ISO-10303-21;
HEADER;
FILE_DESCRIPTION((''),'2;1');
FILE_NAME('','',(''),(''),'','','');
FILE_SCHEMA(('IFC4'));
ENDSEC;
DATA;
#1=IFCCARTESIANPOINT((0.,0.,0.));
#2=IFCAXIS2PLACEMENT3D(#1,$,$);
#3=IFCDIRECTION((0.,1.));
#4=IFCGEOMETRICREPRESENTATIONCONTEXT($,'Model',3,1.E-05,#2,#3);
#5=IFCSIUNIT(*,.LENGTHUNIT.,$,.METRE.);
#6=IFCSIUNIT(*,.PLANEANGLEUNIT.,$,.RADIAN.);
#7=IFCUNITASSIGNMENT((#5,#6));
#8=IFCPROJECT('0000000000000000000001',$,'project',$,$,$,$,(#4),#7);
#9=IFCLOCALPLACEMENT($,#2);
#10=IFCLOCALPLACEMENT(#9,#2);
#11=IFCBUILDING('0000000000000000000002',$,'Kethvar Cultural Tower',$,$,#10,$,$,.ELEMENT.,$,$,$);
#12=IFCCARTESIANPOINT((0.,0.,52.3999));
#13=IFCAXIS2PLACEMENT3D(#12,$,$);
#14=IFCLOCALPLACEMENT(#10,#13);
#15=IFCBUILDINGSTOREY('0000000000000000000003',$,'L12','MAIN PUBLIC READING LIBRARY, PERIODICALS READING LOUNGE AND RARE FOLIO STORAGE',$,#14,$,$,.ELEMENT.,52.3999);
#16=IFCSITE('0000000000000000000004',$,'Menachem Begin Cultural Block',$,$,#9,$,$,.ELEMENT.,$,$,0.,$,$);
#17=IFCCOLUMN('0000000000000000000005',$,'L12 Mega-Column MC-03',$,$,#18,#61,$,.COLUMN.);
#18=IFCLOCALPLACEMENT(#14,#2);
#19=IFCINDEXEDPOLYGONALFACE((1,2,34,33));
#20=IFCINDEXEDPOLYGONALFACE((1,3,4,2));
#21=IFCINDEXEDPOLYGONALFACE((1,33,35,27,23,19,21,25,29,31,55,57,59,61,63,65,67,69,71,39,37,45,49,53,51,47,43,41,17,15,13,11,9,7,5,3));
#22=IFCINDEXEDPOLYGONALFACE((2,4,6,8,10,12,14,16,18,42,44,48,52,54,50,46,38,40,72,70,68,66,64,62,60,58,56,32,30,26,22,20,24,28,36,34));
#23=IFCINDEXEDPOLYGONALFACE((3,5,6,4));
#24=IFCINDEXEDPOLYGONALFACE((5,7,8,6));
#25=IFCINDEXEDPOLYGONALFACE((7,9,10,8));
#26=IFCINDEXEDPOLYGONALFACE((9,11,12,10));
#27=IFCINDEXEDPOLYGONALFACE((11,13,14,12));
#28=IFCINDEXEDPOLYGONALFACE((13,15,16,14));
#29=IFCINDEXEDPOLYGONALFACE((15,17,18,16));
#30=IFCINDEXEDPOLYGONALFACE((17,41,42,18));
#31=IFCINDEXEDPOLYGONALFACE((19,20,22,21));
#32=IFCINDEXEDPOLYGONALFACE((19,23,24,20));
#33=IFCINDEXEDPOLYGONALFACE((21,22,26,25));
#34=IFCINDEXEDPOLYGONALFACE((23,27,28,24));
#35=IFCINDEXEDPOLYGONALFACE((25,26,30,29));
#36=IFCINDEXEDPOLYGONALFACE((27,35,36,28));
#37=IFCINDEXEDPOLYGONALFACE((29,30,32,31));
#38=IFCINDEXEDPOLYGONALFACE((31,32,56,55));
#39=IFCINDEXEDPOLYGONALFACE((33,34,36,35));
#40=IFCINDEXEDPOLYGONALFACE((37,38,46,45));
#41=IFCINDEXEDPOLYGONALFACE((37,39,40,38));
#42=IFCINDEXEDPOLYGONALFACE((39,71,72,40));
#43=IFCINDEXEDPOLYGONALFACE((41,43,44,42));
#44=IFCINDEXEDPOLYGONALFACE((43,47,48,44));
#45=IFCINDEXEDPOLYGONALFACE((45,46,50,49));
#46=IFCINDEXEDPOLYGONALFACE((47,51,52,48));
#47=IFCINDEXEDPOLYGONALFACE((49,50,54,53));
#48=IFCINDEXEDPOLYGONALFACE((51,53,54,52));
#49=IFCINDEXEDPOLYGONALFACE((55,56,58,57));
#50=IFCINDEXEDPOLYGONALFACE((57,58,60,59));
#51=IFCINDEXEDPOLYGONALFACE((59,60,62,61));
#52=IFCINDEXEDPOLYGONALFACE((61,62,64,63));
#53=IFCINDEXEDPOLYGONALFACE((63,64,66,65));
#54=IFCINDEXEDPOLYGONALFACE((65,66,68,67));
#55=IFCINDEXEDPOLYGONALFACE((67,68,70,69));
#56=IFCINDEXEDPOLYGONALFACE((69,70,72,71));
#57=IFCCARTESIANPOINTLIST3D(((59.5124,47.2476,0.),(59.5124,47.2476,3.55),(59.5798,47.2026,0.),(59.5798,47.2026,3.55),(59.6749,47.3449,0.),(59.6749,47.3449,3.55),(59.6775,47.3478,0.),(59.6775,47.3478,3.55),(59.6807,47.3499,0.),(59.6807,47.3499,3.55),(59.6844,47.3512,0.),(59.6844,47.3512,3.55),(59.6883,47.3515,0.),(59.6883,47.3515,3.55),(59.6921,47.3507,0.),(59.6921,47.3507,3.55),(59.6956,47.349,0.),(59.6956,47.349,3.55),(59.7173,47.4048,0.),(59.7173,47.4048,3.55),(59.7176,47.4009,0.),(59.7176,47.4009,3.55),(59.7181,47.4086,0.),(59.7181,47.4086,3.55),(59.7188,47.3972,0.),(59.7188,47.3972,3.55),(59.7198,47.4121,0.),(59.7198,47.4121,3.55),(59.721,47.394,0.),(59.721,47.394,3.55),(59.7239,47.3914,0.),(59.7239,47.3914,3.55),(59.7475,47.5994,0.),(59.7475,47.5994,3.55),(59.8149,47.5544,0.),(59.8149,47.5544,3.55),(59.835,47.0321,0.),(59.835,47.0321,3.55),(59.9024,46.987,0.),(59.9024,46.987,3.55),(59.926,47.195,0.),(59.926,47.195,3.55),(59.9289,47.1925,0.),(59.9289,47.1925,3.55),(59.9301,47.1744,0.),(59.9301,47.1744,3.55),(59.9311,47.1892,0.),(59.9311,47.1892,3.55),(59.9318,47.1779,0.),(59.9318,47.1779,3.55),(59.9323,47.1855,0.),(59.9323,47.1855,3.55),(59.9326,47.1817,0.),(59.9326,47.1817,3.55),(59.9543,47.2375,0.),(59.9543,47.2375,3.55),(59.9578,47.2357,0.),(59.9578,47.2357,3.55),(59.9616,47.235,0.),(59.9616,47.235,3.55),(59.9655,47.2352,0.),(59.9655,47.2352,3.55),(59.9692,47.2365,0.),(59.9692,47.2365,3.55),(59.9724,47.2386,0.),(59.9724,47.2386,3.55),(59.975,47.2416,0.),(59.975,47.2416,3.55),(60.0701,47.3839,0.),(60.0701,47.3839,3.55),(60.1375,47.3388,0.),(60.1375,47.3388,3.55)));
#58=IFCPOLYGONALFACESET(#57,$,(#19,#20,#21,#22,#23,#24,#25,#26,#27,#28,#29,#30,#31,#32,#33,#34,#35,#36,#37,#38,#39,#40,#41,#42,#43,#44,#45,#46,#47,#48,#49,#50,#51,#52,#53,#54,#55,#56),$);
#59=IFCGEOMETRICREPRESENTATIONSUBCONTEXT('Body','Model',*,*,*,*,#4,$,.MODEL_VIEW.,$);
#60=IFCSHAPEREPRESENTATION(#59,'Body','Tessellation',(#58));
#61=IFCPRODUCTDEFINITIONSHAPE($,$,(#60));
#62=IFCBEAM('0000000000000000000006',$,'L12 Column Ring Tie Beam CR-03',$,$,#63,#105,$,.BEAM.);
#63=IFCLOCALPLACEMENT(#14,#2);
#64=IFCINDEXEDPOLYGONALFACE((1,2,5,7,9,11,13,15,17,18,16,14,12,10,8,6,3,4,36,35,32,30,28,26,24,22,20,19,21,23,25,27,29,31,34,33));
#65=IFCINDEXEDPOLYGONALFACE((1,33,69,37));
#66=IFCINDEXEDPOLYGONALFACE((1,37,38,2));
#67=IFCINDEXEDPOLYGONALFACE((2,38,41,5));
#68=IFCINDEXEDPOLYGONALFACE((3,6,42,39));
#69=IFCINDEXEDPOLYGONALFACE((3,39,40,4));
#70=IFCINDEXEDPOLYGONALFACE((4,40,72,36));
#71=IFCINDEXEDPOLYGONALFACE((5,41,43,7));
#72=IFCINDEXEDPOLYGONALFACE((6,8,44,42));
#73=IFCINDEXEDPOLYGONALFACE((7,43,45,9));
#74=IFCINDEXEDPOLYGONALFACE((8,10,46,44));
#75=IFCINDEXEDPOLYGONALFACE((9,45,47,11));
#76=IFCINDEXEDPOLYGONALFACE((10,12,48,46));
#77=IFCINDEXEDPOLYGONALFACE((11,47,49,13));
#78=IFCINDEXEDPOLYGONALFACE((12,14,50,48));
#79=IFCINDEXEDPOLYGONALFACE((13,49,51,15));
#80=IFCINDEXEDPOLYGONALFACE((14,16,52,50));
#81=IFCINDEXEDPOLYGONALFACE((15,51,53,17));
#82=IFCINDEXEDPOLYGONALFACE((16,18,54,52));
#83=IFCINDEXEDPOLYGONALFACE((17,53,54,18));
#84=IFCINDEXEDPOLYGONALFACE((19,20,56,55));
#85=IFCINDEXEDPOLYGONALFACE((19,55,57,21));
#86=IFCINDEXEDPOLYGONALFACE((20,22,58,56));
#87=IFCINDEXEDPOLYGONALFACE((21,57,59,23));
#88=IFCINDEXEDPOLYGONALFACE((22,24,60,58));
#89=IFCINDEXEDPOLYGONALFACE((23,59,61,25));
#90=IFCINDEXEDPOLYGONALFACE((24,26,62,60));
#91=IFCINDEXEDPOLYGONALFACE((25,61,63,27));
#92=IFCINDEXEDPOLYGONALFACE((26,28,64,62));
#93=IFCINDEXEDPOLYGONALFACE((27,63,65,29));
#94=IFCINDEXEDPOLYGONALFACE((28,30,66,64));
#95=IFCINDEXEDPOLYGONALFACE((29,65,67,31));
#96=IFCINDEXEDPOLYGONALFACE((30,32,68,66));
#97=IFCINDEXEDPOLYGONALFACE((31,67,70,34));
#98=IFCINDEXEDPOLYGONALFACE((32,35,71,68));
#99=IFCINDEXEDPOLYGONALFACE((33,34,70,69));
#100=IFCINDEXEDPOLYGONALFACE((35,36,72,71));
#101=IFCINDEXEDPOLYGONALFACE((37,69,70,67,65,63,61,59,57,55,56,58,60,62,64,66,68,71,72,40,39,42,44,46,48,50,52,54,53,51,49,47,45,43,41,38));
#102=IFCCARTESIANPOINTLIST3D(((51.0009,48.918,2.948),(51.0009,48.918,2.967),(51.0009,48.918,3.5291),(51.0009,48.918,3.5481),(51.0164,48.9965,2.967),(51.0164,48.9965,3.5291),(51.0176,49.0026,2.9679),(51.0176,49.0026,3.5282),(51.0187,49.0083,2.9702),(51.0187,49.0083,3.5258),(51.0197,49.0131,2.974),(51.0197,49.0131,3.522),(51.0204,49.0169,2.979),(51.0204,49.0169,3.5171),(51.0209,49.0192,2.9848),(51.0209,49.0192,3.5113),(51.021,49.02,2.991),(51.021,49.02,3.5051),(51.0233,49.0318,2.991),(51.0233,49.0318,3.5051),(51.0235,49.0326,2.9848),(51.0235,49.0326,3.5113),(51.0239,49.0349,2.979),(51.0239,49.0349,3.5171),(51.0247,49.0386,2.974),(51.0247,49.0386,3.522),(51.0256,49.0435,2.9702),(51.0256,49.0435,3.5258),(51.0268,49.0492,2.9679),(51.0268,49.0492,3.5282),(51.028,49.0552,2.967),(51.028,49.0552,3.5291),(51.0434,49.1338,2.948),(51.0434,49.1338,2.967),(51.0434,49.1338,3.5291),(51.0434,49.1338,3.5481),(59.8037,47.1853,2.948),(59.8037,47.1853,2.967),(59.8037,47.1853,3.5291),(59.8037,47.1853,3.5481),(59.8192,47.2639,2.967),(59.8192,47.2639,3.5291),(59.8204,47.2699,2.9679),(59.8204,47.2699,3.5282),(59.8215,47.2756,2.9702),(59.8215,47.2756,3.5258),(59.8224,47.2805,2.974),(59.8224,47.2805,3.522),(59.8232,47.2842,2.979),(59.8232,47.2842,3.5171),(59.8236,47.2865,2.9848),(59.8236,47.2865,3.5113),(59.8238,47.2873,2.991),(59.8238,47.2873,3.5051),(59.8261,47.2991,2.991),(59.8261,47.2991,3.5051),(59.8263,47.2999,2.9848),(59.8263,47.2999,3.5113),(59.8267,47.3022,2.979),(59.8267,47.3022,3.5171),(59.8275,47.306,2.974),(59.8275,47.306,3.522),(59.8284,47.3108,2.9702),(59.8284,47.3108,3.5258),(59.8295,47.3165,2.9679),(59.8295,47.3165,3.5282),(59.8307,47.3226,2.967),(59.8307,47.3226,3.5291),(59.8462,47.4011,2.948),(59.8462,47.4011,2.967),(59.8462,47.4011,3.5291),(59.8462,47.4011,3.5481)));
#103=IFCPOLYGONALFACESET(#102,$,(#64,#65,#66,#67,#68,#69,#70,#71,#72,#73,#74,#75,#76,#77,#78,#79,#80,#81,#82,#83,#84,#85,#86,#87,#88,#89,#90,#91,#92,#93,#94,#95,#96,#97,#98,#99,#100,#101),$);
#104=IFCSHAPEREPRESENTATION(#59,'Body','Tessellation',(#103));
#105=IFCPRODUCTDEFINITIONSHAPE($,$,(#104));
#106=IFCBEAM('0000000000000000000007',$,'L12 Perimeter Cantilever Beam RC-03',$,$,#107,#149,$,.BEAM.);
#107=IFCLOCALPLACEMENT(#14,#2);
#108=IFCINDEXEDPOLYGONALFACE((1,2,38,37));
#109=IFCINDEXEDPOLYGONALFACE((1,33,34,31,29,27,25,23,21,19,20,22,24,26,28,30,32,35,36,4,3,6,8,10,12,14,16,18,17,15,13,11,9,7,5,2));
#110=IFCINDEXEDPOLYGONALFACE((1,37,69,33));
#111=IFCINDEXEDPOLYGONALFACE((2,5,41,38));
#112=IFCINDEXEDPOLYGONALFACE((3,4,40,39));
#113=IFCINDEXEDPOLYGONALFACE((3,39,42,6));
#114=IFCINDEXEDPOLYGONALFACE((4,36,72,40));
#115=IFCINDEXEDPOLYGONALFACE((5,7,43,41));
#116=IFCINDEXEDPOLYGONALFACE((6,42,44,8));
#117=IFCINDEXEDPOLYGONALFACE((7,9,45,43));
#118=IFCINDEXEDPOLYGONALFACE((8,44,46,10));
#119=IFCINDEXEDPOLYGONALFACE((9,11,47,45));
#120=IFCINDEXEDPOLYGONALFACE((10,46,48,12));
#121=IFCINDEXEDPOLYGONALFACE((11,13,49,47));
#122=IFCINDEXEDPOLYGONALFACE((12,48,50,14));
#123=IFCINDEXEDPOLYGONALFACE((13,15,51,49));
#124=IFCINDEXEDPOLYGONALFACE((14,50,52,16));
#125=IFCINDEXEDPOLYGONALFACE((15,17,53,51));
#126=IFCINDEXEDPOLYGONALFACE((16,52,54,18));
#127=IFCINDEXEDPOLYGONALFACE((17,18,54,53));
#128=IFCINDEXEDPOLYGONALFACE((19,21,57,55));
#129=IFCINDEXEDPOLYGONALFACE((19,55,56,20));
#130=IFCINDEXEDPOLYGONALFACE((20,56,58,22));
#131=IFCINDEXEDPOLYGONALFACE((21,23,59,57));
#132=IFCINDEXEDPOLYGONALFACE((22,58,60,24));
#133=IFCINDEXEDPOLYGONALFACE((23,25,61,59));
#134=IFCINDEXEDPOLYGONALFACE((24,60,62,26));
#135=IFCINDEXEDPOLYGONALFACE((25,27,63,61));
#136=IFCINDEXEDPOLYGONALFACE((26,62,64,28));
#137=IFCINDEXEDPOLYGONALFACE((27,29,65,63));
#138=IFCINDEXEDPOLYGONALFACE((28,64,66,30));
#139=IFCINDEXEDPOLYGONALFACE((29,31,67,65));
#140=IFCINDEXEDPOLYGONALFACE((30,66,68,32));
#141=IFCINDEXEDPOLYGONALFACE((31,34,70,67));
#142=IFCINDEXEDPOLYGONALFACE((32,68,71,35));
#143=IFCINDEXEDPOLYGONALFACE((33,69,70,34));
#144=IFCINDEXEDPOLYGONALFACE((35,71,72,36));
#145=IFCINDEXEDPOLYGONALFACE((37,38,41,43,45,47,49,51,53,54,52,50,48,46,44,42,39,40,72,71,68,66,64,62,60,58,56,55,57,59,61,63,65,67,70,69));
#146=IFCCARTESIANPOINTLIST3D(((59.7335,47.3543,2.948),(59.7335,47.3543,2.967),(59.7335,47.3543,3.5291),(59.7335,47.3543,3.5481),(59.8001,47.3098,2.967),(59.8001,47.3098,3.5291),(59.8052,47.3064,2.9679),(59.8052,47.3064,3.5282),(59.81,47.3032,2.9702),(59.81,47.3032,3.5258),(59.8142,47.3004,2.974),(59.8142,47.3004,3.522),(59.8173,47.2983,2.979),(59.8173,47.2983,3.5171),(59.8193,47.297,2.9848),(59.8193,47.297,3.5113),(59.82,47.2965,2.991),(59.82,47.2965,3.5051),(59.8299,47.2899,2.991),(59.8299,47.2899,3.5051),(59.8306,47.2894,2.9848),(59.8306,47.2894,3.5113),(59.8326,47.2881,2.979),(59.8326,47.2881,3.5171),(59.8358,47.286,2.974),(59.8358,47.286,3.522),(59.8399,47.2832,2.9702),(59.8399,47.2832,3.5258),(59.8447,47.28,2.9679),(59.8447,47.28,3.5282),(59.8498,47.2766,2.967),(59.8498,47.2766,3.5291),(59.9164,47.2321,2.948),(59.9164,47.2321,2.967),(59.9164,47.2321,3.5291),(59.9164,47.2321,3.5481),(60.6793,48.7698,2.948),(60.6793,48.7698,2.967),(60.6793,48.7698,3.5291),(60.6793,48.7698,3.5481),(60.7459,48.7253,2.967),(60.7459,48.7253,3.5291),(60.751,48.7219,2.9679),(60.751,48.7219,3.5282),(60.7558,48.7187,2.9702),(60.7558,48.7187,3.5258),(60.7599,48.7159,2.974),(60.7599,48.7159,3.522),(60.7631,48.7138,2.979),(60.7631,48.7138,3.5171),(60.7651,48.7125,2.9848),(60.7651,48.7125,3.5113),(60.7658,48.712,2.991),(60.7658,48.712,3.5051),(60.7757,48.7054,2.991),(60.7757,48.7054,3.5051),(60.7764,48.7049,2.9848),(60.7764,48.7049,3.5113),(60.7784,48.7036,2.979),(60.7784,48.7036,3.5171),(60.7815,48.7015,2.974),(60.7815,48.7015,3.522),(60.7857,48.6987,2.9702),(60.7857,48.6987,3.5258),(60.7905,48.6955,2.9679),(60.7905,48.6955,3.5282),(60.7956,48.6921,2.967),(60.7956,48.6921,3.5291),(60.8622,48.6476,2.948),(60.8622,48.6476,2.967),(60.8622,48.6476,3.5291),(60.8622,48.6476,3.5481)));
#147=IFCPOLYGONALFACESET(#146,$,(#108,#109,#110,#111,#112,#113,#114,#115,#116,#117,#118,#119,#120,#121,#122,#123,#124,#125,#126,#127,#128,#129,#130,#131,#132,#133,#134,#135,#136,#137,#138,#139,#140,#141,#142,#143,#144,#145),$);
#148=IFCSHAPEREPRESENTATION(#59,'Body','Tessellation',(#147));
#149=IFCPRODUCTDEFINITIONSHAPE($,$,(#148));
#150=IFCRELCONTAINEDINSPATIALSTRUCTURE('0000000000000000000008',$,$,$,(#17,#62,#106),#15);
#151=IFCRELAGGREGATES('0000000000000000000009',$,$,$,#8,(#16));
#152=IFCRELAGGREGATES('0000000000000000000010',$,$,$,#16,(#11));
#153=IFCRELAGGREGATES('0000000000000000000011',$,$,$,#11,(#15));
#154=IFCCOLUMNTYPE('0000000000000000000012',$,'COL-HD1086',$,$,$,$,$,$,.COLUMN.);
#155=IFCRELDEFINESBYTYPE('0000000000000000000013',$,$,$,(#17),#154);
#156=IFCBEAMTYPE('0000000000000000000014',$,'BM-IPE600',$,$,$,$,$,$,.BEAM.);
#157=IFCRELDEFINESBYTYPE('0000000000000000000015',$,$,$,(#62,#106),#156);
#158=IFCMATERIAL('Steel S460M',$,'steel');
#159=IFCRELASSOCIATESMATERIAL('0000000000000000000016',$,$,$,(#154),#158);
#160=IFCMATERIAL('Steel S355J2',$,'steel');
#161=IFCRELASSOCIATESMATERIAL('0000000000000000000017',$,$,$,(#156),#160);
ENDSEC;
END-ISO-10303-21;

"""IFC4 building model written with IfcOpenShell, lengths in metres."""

from ifc_helpers import new_model, si_unit, direction, frame, origin, origin_2d, place, context, subcontext, project, spatial, i_section, extrude, source, transform, mapped, material, material_profile, profile_set, type_object, element, save


model = new_model("IFC4")

# Units and contexts
model_context = context("Model", 3, precision=1e-05, world=origin(), true_north=direction((0.0, 1.0)))
body_context = subcontext(model_context, "Body", "Model", "MODEL_VIEW")
ifc_project = project(units=[si_unit("LENGTHUNIT", "METRE"), si_unit("PLANEANGLEUNIT", "RADIAN")], contexts=[model_context])

# Site, building, storey
site_placement = place(None, origin())
site = spatial("IfcSite", under=ifc_project, at=site_placement, Name="Menachem Begin Cultural Block", CompositionType="ELEMENT", RefElevation=0.0)
building_placement = place(site_placement, origin())
building = spatial("IfcBuilding", under=site, at=building_placement, Name="Kethvar Cultural Tower", CompositionType="ELEMENT")
storey_placement = place(building_placement, frame((0.0, 0.0, 52.3999)))
storey = spatial("IfcBuildingStorey", under=building, at=storey_placement, Name="L12", Description="MAIN PUBLIC READING LIBRARY, PERIODICALS READING LOUNGE AND RARE FOLIO STORAGE", CompositionType="ELEMENT", Elevation=52.3999)

# Column
ifc_material_1 = material(Name="Steel S460M", Category="steel")
ifc_material_profile_1 = material_profile(ifc_material_1, i_section(OverallWidth=0.4231, OverallDepth=0.469, WebThickness=0.051, FlangeThickness=0.0811, FilletRadius=0.0149, at=origin_2d()), Name="Steel S460M — HD400x1086")
ifc_profile_set_1 = profile_set([ifc_material_profile_1], Name="Steel S460M — HD400x1086")
column_type = type_object("IfcColumnType", Name="COL-HD1086", PredefinedType="COLUMN", material=ifc_profile_set_1)
shared_shape_1 = source(origin(), body_context, "Body", "SweptSolid", [
    extrude(i_section(OverallWidth=0.4231, OverallDepth=0.469, WebThickness=0.051, FlangeThickness=0.0811, FilletRadius=0.0149, at=origin_2d()), origin(), (0.0, 0.0, 1.0), 3.55),
])
column_placement = place(storey_placement, frame((59.825, 47.2932, 0.0), z_axis=(0.0, 0.0, 1.0), x_axis=(0.55557, 0.83147, 0.0)))
element("IfcColumn", 1, at=column_placement, inside=storey, type_object=column_type, Name="L12 Mega-Column MC-03", PredefinedType="COLUMN", context=body_context, shape_type="MappedRepresentation", body=[
    mapped(shared_shape_1, transform((0.0, 0.0, 0.0), scale=1.0)),
])

# Beams
ifc_material_2 = material(Name="Steel S355J2", Category="steel")
ifc_material_profile_2 = material_profile(ifc_material_2, i_section(OverallWidth=0.22, OverallDepth=0.6001, WebThickness=0.012, FlangeThickness=0.019, FilletRadius=0.0239, at=origin_2d()), Name="Steel S355J2 — IPE600")
ifc_profile_set_2 = profile_set([ifc_material_profile_2], Name="Steel S355J2 — IPE600")
beam_type_1 = type_object("IfcBeamType", Name="BM-IPE600", PredefinedType="BEAM", material=ifc_profile_set_2)
shared_shape_2 = source(origin(), body_context, "Body", "SweptSolid", [
    extrude(i_section(OverallWidth=0.22, OverallDepth=0.6001, WebThickness=0.012, FlangeThickness=0.019, FilletRadius=0.0239, at=origin_2d()), origin(), (0.0, 0.0, 1.0), 8.9717),
])
beam_1_placement = place(storey_placement, frame((59.825, 47.2932, 3.248), z_axis=(-0.981174, 0.193127, 0.0), x_axis=(-0.193127, -0.981174, 0.0)))
element("IfcBeam", 2, at=beam_1_placement, inside=storey, type_object=beam_type_1, Name="L12 Column Ring Tie Beam CR-03", PredefinedType="BEAM", context=body_context, shape_type="MappedRepresentation", body=[
    mapped(shared_shape_2, transform((0.0, 0.0, 0.0), scale=1.0)),
])
shared_shape_3 = source(origin(), body_context, "Body", "SweptSolid", [
    extrude(i_section(OverallWidth=0.22, OverallDepth=0.6001, WebThickness=0.012, FlangeThickness=0.019, FilletRadius=0.0239, at=origin_2d()), origin(), (0.0, 0.0, 1.0), 1.7024),
])
beam_2_placement = place(storey_placement, frame((59.825, 47.2932, 3.248), z_axis=(0.55556, 0.831476, 0.0), x_axis=(-0.831476, 0.55556, 0.0)))
element("IfcBeam", 3, at=beam_2_placement, inside=storey, type_object=beam_type_1, Name="L12 Perimeter Cantilever Beam RC-03", PredefinedType="BEAM", context=body_context, shape_type="MappedRepresentation", body=[
    mapped(shared_shape_3, transform((0.0, 0.0, 0.0), scale=1.0)),
])

save(model, "model.ifc")
